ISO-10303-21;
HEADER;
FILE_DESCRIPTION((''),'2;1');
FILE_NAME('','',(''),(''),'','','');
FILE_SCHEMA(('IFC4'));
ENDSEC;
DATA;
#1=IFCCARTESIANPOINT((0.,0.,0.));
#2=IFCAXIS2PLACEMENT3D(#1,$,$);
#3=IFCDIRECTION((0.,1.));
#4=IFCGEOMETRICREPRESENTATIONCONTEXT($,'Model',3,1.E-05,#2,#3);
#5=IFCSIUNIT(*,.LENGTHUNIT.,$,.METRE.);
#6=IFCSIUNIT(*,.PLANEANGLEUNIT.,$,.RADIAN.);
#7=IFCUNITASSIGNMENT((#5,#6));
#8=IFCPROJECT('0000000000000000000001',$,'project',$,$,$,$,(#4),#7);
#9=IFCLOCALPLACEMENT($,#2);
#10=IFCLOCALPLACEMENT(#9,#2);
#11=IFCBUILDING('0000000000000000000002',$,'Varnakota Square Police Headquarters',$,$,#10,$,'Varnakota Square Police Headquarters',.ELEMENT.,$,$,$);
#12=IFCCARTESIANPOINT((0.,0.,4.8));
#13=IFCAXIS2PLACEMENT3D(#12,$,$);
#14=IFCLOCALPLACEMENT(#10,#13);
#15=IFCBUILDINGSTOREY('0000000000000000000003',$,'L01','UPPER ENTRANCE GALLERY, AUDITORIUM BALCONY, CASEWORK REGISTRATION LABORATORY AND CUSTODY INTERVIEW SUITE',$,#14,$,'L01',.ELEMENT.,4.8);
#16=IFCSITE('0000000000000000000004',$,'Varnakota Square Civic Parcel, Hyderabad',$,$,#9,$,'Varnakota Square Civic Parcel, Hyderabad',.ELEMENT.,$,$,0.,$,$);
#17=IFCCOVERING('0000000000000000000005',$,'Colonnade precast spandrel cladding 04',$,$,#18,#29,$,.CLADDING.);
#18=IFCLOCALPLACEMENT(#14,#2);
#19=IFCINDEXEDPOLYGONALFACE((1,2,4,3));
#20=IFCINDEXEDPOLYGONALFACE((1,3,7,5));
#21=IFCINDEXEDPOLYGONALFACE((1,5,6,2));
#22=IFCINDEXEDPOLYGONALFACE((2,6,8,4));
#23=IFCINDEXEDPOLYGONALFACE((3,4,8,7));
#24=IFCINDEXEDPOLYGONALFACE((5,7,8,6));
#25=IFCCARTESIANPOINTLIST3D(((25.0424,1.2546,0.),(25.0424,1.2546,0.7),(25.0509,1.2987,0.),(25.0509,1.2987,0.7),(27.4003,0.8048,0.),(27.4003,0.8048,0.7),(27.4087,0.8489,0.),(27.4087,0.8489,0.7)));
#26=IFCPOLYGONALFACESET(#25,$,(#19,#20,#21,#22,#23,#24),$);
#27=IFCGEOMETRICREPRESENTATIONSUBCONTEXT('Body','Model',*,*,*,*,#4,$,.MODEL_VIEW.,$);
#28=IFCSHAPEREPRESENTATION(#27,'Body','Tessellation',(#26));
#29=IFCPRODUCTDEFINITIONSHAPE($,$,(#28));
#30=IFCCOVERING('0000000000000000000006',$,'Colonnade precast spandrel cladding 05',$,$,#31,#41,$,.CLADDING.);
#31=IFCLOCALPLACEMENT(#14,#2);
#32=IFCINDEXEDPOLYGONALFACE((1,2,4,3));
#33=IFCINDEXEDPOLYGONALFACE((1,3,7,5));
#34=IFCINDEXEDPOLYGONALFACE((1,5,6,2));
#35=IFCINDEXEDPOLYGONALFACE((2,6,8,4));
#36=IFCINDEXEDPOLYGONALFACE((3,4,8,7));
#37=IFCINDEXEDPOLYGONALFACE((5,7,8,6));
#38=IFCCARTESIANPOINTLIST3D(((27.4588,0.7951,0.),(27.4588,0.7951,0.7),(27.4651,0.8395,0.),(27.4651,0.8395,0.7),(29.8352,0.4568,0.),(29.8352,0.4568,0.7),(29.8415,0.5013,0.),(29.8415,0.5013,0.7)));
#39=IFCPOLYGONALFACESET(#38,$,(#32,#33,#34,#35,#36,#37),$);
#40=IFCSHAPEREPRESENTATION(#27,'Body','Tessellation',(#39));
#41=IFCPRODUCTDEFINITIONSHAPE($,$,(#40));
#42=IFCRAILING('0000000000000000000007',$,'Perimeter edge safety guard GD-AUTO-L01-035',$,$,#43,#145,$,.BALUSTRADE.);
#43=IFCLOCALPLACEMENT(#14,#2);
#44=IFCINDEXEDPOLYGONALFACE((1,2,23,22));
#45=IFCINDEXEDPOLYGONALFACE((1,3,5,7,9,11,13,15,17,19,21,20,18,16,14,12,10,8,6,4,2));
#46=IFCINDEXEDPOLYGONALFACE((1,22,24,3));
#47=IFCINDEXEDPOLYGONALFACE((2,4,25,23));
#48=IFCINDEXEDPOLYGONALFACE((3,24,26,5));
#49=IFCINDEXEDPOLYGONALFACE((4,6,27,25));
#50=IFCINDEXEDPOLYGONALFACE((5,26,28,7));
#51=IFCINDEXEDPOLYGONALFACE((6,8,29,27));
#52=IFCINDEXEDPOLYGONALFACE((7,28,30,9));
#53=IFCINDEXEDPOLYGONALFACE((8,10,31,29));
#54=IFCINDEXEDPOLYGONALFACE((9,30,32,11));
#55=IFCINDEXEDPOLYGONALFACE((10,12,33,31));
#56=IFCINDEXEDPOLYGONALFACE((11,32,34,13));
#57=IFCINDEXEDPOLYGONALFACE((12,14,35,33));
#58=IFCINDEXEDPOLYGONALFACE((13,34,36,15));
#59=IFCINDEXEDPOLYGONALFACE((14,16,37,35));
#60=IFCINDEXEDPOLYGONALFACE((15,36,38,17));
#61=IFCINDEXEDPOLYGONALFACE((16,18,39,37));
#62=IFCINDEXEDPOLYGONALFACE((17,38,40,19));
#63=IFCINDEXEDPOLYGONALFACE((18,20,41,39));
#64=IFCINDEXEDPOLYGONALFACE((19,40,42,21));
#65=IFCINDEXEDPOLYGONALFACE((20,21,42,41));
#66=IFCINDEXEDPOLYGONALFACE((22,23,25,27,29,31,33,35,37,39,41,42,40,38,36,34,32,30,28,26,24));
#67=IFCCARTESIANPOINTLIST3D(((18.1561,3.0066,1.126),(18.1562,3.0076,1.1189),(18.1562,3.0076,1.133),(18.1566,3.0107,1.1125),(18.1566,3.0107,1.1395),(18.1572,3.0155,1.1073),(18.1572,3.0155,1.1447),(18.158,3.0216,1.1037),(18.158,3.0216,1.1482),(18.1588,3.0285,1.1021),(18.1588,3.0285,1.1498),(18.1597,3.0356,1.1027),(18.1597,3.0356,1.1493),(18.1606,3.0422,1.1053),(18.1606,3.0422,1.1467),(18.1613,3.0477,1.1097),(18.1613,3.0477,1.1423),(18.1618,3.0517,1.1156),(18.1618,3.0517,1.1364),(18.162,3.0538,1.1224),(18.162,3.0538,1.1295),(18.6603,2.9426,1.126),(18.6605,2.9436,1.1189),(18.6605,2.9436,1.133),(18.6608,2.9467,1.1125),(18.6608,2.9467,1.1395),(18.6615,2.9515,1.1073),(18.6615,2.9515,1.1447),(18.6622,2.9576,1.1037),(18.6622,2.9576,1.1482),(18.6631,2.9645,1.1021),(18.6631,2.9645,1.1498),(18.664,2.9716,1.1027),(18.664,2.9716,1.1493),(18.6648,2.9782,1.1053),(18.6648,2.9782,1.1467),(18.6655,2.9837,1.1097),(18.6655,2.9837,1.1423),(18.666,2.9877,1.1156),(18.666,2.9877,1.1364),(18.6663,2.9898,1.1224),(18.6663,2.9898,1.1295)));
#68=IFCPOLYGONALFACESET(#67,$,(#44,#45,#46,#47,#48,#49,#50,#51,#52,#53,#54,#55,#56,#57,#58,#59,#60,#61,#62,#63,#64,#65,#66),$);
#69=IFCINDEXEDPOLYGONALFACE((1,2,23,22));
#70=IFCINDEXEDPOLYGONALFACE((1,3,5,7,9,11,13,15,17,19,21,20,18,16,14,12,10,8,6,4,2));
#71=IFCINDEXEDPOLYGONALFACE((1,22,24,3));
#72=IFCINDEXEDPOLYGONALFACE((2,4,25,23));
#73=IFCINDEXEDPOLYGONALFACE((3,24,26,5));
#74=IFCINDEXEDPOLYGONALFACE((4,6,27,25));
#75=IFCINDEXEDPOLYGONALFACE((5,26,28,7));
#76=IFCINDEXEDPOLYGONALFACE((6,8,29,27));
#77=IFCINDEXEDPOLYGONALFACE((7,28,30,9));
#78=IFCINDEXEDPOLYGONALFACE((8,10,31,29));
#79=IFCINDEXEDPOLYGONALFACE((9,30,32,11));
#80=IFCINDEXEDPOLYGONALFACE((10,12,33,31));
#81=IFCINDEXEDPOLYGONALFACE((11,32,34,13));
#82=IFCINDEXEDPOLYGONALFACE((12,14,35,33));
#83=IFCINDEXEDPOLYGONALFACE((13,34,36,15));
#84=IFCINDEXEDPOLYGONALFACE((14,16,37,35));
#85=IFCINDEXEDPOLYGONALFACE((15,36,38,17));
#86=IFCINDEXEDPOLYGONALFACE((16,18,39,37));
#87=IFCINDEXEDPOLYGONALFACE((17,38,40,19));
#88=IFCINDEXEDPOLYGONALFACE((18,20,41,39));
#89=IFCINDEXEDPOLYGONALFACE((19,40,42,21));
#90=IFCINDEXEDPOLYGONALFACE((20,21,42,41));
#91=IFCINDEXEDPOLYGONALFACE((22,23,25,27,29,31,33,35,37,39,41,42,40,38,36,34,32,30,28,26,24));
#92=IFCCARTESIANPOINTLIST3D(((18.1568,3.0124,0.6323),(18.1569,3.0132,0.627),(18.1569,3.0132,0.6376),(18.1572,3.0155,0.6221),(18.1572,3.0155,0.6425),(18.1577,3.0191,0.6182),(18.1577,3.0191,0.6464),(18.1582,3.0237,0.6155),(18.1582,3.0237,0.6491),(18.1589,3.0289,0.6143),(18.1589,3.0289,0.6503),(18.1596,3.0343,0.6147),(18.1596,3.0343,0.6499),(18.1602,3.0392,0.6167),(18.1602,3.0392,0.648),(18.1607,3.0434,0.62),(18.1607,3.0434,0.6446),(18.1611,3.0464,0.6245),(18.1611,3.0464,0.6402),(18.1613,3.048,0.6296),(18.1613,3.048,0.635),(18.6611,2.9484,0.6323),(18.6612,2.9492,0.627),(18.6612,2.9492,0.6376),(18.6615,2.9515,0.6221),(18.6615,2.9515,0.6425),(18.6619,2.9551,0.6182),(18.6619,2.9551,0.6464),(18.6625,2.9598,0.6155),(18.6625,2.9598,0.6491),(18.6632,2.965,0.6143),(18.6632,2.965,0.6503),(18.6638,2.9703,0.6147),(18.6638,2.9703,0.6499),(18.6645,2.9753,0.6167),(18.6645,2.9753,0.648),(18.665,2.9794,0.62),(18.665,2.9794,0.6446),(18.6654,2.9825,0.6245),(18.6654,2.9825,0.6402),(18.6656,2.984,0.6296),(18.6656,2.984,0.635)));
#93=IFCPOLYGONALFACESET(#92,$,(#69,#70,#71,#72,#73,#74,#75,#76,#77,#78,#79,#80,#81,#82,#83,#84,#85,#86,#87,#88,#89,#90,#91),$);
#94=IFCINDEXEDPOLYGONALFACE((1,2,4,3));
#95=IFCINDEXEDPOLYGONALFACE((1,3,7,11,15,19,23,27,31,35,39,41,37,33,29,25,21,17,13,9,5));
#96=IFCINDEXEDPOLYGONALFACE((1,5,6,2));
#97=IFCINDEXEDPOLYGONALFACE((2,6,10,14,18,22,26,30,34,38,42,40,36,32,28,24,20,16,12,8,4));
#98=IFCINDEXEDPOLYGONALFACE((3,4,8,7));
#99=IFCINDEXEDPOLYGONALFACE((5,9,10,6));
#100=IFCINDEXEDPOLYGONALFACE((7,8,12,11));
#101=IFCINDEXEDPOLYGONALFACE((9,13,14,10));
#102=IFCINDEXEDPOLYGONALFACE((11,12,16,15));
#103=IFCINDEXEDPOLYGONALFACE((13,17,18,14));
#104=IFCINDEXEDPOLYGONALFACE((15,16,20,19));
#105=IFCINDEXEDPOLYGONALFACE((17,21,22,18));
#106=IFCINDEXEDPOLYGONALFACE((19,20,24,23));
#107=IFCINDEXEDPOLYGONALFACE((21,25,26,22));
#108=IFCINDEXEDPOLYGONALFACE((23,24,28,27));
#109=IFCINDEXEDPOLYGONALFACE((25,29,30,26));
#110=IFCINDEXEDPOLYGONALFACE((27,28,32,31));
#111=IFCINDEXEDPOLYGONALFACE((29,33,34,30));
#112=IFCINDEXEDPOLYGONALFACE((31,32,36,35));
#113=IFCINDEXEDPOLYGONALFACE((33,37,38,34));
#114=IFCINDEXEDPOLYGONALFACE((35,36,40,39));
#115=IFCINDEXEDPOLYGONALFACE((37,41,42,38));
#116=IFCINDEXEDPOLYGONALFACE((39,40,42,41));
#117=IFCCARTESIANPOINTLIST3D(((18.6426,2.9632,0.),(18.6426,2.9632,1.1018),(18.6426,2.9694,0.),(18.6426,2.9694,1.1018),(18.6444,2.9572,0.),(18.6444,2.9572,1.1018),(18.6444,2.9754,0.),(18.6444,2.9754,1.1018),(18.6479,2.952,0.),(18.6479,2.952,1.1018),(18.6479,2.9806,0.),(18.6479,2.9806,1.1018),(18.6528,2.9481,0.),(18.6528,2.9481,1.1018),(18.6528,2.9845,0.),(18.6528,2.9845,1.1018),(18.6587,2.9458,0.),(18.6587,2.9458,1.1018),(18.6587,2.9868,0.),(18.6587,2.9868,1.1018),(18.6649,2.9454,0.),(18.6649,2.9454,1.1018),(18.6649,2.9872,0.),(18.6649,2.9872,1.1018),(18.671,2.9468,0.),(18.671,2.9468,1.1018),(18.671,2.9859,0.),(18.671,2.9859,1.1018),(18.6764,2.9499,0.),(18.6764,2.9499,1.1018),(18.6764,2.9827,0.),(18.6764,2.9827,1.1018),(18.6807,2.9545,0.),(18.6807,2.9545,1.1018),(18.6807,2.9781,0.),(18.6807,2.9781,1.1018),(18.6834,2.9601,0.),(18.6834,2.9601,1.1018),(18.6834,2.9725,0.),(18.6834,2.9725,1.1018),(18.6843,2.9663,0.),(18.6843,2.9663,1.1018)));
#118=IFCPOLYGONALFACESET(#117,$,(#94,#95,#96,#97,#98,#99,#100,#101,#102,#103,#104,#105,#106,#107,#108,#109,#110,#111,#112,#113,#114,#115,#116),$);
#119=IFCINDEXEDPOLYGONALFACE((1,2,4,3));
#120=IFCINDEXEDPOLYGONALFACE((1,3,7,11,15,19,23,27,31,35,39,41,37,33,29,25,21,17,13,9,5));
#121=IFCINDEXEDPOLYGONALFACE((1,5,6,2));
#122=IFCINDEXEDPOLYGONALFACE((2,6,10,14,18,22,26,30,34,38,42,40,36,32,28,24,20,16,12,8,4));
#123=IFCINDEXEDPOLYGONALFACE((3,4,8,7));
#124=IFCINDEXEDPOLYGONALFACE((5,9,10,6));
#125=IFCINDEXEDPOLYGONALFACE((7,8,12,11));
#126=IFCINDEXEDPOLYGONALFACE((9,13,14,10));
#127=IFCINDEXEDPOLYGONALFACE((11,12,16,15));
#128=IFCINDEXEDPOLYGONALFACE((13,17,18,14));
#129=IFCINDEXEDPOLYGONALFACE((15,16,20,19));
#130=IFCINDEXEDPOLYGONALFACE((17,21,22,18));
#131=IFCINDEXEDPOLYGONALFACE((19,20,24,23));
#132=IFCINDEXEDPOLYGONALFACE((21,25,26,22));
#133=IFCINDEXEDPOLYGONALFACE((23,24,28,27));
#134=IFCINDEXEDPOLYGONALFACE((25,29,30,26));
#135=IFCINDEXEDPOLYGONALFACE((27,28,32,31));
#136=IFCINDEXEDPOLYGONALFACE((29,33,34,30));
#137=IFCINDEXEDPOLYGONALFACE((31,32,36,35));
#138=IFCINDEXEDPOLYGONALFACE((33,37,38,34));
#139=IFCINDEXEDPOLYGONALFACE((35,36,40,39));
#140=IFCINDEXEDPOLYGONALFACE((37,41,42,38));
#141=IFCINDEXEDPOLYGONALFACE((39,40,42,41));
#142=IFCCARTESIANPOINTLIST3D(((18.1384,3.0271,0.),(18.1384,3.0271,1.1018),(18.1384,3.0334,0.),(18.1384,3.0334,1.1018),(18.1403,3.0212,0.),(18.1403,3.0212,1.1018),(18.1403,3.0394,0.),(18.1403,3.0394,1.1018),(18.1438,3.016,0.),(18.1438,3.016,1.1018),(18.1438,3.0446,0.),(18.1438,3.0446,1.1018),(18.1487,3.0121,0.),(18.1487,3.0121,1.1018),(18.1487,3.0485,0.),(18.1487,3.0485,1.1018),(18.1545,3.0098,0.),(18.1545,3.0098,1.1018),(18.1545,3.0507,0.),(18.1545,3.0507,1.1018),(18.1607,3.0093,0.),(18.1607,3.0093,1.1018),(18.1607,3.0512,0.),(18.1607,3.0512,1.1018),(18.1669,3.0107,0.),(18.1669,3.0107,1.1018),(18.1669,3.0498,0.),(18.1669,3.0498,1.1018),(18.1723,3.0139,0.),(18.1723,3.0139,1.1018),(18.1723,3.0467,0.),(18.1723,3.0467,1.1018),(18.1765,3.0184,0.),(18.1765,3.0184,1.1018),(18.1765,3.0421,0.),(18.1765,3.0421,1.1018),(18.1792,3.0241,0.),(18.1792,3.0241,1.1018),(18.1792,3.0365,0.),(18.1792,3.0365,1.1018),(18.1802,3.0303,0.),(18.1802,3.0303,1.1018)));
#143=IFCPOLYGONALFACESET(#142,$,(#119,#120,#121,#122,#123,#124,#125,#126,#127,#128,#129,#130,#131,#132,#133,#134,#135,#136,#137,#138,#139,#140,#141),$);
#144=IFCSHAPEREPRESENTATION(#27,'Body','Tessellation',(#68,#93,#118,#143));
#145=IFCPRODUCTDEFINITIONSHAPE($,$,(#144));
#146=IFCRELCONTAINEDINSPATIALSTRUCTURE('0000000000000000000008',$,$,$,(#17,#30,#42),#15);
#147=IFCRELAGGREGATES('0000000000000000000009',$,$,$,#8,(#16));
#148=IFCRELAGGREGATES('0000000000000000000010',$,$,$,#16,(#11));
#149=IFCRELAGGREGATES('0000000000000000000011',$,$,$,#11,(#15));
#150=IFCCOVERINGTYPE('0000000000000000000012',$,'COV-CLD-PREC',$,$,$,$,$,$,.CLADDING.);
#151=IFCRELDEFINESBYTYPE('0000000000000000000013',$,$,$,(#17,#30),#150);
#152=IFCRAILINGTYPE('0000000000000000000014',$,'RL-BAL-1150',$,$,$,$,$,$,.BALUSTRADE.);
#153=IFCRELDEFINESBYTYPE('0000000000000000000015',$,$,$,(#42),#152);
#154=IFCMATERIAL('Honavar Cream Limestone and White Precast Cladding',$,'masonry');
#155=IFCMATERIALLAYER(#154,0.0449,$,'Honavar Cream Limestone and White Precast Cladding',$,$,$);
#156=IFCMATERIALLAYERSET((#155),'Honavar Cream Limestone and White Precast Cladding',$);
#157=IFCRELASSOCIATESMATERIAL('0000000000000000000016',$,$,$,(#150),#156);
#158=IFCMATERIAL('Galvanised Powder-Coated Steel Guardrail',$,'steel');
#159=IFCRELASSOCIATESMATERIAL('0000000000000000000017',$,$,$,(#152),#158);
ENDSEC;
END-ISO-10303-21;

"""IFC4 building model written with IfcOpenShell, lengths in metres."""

from ifc_helpers import new_model, si_unit, direction, frame, origin, origin_2d, place, context, subcontext, project, spatial, rectangle, circle, extrude, material, layer, layer_set, type_object, element, save


model = new_model("IFC4")

# Units and contexts
model_context = context("Model", 3, precision=1e-05, world=origin(), true_north=direction((0.0, 1.0)))
body_context = subcontext(model_context, "Body", "Model", "MODEL_VIEW")
ifc_project = project(units=[si_unit("LENGTHUNIT", "METRE"), si_unit("PLANEANGLEUNIT", "RADIAN")], contexts=[model_context])

# Site, building, storey
site_placement = place(None, origin())
site = spatial("IfcSite", under=ifc_project, at=site_placement, Name="Varnakota Square Civic Parcel, Hyderabad", LongName="Varnakota Square Civic Parcel, Hyderabad", CompositionType="ELEMENT", RefElevation=0.0)
building_placement = place(site_placement, origin())
building = spatial("IfcBuilding", under=site, at=building_placement, Name="Varnakota Square Police Headquarters", LongName="Varnakota Square Police Headquarters", CompositionType="ELEMENT")
storey_placement = place(building_placement, frame((0.0, 0.0, 4.8)))
storey = spatial("IfcBuildingStorey", under=building, at=storey_placement, Name="L01", Description="UPPER ENTRANCE GALLERY, AUDITORIUM BALCONY, CASEWORK REGISTRATION LABORATORY AND CUSTODY INTERVIEW SUITE", LongName="L01", CompositionType="ELEMENT", Elevation=4.8)

# Coverings
ifc_material_1 = material(Name="Honavar Cream Limestone and White Precast Cladding", Category="masonry")
ifc_layer_1 = layer(ifc_material_1, 0.0449, Name="Honavar Cream Limestone and White Precast Cladding")
ifc_layer_set_1 = layer_set([ifc_layer_1], Name="Honavar Cream Limestone and White Precast Cladding")
covering_type = type_object("IfcCoveringType", Name="COV-CLD-PREC", PredefinedType="CLADDING", material=ifc_layer_set_1)
for number, where, z_axis, x_axis, name in (
    (1, (26.2256, 1.0518, 0.0), (0.0, 0.0, 1.0), (0.982287, -0.187381, 0.0), "Colonnade precast spandrel cladding 04"),
    (2, (28.6501, 0.6482, 0.0), (0.0, 0.0, 1.0), (0.990024, -0.140901, 0.0), "Colonnade precast spandrel cladding 05"),
):
    element("IfcCovering", number, at=place(storey_placement, frame(where, z_axis=z_axis, x_axis=x_axis)), inside=storey, type_object=covering_type, Name=name, PredefinedType="CLADDING", context=body_context, shape_type="SweptSolid", body=[
        extrude(rectangle(XDim=2.4004, YDim=0.0449, at=origin_2d()), origin(), (0.0, 0.0, 1.0), 0.7),
    ])

# Railing
ifc_material_2 = material(Name="Galvanised Powder-Coated Steel Guardrail", Category="steel")
railing_type = type_object("IfcRailingType", Name="RL-BAL-1150", PredefinedType="BALUSTRADE", material=ifc_material_2)
railing_placement = place(storey_placement, frame((18.6633, 2.9663, 0.0)))
element("IfcRailing", 3, at=railing_placement, inside=storey, type_object=railing_type, Name="Perimeter edge safety guard GD-AUTO-L01-035", PredefinedType="BALUSTRADE", context=body_context, shape_type="SweptSolid", body=[
    extrude(circle(Radius=0.0239, at=origin_2d()), frame((0.0, 0.0, 1.126), z_axis=(-0.992047, 0.125867, 0.0), x_axis=(-0.125867, -0.992047, 0.0)), (0.0, 0.0, 1.0), 0.5083),
    extrude(circle(Radius=0.0181, at=origin_2d()), frame((0.0, 0.0, 0.6323), z_axis=(-0.992047, 0.125867, 0.0), x_axis=(-0.125867, -0.992047, 0.0)), (0.0, 0.0, 1.0), 0.5083),
    extrude(circle(Radius=0.021, at=origin_2d()), origin(), (0.0, 0.0, 1.0), 1.1018),
    extrude(circle(Radius=0.021, at=origin_2d()), frame((-0.5042, 0.064, 0.0)), (0.0, 0.0, 1.0), 1.1018),
])

save(model, "model.ifc")
